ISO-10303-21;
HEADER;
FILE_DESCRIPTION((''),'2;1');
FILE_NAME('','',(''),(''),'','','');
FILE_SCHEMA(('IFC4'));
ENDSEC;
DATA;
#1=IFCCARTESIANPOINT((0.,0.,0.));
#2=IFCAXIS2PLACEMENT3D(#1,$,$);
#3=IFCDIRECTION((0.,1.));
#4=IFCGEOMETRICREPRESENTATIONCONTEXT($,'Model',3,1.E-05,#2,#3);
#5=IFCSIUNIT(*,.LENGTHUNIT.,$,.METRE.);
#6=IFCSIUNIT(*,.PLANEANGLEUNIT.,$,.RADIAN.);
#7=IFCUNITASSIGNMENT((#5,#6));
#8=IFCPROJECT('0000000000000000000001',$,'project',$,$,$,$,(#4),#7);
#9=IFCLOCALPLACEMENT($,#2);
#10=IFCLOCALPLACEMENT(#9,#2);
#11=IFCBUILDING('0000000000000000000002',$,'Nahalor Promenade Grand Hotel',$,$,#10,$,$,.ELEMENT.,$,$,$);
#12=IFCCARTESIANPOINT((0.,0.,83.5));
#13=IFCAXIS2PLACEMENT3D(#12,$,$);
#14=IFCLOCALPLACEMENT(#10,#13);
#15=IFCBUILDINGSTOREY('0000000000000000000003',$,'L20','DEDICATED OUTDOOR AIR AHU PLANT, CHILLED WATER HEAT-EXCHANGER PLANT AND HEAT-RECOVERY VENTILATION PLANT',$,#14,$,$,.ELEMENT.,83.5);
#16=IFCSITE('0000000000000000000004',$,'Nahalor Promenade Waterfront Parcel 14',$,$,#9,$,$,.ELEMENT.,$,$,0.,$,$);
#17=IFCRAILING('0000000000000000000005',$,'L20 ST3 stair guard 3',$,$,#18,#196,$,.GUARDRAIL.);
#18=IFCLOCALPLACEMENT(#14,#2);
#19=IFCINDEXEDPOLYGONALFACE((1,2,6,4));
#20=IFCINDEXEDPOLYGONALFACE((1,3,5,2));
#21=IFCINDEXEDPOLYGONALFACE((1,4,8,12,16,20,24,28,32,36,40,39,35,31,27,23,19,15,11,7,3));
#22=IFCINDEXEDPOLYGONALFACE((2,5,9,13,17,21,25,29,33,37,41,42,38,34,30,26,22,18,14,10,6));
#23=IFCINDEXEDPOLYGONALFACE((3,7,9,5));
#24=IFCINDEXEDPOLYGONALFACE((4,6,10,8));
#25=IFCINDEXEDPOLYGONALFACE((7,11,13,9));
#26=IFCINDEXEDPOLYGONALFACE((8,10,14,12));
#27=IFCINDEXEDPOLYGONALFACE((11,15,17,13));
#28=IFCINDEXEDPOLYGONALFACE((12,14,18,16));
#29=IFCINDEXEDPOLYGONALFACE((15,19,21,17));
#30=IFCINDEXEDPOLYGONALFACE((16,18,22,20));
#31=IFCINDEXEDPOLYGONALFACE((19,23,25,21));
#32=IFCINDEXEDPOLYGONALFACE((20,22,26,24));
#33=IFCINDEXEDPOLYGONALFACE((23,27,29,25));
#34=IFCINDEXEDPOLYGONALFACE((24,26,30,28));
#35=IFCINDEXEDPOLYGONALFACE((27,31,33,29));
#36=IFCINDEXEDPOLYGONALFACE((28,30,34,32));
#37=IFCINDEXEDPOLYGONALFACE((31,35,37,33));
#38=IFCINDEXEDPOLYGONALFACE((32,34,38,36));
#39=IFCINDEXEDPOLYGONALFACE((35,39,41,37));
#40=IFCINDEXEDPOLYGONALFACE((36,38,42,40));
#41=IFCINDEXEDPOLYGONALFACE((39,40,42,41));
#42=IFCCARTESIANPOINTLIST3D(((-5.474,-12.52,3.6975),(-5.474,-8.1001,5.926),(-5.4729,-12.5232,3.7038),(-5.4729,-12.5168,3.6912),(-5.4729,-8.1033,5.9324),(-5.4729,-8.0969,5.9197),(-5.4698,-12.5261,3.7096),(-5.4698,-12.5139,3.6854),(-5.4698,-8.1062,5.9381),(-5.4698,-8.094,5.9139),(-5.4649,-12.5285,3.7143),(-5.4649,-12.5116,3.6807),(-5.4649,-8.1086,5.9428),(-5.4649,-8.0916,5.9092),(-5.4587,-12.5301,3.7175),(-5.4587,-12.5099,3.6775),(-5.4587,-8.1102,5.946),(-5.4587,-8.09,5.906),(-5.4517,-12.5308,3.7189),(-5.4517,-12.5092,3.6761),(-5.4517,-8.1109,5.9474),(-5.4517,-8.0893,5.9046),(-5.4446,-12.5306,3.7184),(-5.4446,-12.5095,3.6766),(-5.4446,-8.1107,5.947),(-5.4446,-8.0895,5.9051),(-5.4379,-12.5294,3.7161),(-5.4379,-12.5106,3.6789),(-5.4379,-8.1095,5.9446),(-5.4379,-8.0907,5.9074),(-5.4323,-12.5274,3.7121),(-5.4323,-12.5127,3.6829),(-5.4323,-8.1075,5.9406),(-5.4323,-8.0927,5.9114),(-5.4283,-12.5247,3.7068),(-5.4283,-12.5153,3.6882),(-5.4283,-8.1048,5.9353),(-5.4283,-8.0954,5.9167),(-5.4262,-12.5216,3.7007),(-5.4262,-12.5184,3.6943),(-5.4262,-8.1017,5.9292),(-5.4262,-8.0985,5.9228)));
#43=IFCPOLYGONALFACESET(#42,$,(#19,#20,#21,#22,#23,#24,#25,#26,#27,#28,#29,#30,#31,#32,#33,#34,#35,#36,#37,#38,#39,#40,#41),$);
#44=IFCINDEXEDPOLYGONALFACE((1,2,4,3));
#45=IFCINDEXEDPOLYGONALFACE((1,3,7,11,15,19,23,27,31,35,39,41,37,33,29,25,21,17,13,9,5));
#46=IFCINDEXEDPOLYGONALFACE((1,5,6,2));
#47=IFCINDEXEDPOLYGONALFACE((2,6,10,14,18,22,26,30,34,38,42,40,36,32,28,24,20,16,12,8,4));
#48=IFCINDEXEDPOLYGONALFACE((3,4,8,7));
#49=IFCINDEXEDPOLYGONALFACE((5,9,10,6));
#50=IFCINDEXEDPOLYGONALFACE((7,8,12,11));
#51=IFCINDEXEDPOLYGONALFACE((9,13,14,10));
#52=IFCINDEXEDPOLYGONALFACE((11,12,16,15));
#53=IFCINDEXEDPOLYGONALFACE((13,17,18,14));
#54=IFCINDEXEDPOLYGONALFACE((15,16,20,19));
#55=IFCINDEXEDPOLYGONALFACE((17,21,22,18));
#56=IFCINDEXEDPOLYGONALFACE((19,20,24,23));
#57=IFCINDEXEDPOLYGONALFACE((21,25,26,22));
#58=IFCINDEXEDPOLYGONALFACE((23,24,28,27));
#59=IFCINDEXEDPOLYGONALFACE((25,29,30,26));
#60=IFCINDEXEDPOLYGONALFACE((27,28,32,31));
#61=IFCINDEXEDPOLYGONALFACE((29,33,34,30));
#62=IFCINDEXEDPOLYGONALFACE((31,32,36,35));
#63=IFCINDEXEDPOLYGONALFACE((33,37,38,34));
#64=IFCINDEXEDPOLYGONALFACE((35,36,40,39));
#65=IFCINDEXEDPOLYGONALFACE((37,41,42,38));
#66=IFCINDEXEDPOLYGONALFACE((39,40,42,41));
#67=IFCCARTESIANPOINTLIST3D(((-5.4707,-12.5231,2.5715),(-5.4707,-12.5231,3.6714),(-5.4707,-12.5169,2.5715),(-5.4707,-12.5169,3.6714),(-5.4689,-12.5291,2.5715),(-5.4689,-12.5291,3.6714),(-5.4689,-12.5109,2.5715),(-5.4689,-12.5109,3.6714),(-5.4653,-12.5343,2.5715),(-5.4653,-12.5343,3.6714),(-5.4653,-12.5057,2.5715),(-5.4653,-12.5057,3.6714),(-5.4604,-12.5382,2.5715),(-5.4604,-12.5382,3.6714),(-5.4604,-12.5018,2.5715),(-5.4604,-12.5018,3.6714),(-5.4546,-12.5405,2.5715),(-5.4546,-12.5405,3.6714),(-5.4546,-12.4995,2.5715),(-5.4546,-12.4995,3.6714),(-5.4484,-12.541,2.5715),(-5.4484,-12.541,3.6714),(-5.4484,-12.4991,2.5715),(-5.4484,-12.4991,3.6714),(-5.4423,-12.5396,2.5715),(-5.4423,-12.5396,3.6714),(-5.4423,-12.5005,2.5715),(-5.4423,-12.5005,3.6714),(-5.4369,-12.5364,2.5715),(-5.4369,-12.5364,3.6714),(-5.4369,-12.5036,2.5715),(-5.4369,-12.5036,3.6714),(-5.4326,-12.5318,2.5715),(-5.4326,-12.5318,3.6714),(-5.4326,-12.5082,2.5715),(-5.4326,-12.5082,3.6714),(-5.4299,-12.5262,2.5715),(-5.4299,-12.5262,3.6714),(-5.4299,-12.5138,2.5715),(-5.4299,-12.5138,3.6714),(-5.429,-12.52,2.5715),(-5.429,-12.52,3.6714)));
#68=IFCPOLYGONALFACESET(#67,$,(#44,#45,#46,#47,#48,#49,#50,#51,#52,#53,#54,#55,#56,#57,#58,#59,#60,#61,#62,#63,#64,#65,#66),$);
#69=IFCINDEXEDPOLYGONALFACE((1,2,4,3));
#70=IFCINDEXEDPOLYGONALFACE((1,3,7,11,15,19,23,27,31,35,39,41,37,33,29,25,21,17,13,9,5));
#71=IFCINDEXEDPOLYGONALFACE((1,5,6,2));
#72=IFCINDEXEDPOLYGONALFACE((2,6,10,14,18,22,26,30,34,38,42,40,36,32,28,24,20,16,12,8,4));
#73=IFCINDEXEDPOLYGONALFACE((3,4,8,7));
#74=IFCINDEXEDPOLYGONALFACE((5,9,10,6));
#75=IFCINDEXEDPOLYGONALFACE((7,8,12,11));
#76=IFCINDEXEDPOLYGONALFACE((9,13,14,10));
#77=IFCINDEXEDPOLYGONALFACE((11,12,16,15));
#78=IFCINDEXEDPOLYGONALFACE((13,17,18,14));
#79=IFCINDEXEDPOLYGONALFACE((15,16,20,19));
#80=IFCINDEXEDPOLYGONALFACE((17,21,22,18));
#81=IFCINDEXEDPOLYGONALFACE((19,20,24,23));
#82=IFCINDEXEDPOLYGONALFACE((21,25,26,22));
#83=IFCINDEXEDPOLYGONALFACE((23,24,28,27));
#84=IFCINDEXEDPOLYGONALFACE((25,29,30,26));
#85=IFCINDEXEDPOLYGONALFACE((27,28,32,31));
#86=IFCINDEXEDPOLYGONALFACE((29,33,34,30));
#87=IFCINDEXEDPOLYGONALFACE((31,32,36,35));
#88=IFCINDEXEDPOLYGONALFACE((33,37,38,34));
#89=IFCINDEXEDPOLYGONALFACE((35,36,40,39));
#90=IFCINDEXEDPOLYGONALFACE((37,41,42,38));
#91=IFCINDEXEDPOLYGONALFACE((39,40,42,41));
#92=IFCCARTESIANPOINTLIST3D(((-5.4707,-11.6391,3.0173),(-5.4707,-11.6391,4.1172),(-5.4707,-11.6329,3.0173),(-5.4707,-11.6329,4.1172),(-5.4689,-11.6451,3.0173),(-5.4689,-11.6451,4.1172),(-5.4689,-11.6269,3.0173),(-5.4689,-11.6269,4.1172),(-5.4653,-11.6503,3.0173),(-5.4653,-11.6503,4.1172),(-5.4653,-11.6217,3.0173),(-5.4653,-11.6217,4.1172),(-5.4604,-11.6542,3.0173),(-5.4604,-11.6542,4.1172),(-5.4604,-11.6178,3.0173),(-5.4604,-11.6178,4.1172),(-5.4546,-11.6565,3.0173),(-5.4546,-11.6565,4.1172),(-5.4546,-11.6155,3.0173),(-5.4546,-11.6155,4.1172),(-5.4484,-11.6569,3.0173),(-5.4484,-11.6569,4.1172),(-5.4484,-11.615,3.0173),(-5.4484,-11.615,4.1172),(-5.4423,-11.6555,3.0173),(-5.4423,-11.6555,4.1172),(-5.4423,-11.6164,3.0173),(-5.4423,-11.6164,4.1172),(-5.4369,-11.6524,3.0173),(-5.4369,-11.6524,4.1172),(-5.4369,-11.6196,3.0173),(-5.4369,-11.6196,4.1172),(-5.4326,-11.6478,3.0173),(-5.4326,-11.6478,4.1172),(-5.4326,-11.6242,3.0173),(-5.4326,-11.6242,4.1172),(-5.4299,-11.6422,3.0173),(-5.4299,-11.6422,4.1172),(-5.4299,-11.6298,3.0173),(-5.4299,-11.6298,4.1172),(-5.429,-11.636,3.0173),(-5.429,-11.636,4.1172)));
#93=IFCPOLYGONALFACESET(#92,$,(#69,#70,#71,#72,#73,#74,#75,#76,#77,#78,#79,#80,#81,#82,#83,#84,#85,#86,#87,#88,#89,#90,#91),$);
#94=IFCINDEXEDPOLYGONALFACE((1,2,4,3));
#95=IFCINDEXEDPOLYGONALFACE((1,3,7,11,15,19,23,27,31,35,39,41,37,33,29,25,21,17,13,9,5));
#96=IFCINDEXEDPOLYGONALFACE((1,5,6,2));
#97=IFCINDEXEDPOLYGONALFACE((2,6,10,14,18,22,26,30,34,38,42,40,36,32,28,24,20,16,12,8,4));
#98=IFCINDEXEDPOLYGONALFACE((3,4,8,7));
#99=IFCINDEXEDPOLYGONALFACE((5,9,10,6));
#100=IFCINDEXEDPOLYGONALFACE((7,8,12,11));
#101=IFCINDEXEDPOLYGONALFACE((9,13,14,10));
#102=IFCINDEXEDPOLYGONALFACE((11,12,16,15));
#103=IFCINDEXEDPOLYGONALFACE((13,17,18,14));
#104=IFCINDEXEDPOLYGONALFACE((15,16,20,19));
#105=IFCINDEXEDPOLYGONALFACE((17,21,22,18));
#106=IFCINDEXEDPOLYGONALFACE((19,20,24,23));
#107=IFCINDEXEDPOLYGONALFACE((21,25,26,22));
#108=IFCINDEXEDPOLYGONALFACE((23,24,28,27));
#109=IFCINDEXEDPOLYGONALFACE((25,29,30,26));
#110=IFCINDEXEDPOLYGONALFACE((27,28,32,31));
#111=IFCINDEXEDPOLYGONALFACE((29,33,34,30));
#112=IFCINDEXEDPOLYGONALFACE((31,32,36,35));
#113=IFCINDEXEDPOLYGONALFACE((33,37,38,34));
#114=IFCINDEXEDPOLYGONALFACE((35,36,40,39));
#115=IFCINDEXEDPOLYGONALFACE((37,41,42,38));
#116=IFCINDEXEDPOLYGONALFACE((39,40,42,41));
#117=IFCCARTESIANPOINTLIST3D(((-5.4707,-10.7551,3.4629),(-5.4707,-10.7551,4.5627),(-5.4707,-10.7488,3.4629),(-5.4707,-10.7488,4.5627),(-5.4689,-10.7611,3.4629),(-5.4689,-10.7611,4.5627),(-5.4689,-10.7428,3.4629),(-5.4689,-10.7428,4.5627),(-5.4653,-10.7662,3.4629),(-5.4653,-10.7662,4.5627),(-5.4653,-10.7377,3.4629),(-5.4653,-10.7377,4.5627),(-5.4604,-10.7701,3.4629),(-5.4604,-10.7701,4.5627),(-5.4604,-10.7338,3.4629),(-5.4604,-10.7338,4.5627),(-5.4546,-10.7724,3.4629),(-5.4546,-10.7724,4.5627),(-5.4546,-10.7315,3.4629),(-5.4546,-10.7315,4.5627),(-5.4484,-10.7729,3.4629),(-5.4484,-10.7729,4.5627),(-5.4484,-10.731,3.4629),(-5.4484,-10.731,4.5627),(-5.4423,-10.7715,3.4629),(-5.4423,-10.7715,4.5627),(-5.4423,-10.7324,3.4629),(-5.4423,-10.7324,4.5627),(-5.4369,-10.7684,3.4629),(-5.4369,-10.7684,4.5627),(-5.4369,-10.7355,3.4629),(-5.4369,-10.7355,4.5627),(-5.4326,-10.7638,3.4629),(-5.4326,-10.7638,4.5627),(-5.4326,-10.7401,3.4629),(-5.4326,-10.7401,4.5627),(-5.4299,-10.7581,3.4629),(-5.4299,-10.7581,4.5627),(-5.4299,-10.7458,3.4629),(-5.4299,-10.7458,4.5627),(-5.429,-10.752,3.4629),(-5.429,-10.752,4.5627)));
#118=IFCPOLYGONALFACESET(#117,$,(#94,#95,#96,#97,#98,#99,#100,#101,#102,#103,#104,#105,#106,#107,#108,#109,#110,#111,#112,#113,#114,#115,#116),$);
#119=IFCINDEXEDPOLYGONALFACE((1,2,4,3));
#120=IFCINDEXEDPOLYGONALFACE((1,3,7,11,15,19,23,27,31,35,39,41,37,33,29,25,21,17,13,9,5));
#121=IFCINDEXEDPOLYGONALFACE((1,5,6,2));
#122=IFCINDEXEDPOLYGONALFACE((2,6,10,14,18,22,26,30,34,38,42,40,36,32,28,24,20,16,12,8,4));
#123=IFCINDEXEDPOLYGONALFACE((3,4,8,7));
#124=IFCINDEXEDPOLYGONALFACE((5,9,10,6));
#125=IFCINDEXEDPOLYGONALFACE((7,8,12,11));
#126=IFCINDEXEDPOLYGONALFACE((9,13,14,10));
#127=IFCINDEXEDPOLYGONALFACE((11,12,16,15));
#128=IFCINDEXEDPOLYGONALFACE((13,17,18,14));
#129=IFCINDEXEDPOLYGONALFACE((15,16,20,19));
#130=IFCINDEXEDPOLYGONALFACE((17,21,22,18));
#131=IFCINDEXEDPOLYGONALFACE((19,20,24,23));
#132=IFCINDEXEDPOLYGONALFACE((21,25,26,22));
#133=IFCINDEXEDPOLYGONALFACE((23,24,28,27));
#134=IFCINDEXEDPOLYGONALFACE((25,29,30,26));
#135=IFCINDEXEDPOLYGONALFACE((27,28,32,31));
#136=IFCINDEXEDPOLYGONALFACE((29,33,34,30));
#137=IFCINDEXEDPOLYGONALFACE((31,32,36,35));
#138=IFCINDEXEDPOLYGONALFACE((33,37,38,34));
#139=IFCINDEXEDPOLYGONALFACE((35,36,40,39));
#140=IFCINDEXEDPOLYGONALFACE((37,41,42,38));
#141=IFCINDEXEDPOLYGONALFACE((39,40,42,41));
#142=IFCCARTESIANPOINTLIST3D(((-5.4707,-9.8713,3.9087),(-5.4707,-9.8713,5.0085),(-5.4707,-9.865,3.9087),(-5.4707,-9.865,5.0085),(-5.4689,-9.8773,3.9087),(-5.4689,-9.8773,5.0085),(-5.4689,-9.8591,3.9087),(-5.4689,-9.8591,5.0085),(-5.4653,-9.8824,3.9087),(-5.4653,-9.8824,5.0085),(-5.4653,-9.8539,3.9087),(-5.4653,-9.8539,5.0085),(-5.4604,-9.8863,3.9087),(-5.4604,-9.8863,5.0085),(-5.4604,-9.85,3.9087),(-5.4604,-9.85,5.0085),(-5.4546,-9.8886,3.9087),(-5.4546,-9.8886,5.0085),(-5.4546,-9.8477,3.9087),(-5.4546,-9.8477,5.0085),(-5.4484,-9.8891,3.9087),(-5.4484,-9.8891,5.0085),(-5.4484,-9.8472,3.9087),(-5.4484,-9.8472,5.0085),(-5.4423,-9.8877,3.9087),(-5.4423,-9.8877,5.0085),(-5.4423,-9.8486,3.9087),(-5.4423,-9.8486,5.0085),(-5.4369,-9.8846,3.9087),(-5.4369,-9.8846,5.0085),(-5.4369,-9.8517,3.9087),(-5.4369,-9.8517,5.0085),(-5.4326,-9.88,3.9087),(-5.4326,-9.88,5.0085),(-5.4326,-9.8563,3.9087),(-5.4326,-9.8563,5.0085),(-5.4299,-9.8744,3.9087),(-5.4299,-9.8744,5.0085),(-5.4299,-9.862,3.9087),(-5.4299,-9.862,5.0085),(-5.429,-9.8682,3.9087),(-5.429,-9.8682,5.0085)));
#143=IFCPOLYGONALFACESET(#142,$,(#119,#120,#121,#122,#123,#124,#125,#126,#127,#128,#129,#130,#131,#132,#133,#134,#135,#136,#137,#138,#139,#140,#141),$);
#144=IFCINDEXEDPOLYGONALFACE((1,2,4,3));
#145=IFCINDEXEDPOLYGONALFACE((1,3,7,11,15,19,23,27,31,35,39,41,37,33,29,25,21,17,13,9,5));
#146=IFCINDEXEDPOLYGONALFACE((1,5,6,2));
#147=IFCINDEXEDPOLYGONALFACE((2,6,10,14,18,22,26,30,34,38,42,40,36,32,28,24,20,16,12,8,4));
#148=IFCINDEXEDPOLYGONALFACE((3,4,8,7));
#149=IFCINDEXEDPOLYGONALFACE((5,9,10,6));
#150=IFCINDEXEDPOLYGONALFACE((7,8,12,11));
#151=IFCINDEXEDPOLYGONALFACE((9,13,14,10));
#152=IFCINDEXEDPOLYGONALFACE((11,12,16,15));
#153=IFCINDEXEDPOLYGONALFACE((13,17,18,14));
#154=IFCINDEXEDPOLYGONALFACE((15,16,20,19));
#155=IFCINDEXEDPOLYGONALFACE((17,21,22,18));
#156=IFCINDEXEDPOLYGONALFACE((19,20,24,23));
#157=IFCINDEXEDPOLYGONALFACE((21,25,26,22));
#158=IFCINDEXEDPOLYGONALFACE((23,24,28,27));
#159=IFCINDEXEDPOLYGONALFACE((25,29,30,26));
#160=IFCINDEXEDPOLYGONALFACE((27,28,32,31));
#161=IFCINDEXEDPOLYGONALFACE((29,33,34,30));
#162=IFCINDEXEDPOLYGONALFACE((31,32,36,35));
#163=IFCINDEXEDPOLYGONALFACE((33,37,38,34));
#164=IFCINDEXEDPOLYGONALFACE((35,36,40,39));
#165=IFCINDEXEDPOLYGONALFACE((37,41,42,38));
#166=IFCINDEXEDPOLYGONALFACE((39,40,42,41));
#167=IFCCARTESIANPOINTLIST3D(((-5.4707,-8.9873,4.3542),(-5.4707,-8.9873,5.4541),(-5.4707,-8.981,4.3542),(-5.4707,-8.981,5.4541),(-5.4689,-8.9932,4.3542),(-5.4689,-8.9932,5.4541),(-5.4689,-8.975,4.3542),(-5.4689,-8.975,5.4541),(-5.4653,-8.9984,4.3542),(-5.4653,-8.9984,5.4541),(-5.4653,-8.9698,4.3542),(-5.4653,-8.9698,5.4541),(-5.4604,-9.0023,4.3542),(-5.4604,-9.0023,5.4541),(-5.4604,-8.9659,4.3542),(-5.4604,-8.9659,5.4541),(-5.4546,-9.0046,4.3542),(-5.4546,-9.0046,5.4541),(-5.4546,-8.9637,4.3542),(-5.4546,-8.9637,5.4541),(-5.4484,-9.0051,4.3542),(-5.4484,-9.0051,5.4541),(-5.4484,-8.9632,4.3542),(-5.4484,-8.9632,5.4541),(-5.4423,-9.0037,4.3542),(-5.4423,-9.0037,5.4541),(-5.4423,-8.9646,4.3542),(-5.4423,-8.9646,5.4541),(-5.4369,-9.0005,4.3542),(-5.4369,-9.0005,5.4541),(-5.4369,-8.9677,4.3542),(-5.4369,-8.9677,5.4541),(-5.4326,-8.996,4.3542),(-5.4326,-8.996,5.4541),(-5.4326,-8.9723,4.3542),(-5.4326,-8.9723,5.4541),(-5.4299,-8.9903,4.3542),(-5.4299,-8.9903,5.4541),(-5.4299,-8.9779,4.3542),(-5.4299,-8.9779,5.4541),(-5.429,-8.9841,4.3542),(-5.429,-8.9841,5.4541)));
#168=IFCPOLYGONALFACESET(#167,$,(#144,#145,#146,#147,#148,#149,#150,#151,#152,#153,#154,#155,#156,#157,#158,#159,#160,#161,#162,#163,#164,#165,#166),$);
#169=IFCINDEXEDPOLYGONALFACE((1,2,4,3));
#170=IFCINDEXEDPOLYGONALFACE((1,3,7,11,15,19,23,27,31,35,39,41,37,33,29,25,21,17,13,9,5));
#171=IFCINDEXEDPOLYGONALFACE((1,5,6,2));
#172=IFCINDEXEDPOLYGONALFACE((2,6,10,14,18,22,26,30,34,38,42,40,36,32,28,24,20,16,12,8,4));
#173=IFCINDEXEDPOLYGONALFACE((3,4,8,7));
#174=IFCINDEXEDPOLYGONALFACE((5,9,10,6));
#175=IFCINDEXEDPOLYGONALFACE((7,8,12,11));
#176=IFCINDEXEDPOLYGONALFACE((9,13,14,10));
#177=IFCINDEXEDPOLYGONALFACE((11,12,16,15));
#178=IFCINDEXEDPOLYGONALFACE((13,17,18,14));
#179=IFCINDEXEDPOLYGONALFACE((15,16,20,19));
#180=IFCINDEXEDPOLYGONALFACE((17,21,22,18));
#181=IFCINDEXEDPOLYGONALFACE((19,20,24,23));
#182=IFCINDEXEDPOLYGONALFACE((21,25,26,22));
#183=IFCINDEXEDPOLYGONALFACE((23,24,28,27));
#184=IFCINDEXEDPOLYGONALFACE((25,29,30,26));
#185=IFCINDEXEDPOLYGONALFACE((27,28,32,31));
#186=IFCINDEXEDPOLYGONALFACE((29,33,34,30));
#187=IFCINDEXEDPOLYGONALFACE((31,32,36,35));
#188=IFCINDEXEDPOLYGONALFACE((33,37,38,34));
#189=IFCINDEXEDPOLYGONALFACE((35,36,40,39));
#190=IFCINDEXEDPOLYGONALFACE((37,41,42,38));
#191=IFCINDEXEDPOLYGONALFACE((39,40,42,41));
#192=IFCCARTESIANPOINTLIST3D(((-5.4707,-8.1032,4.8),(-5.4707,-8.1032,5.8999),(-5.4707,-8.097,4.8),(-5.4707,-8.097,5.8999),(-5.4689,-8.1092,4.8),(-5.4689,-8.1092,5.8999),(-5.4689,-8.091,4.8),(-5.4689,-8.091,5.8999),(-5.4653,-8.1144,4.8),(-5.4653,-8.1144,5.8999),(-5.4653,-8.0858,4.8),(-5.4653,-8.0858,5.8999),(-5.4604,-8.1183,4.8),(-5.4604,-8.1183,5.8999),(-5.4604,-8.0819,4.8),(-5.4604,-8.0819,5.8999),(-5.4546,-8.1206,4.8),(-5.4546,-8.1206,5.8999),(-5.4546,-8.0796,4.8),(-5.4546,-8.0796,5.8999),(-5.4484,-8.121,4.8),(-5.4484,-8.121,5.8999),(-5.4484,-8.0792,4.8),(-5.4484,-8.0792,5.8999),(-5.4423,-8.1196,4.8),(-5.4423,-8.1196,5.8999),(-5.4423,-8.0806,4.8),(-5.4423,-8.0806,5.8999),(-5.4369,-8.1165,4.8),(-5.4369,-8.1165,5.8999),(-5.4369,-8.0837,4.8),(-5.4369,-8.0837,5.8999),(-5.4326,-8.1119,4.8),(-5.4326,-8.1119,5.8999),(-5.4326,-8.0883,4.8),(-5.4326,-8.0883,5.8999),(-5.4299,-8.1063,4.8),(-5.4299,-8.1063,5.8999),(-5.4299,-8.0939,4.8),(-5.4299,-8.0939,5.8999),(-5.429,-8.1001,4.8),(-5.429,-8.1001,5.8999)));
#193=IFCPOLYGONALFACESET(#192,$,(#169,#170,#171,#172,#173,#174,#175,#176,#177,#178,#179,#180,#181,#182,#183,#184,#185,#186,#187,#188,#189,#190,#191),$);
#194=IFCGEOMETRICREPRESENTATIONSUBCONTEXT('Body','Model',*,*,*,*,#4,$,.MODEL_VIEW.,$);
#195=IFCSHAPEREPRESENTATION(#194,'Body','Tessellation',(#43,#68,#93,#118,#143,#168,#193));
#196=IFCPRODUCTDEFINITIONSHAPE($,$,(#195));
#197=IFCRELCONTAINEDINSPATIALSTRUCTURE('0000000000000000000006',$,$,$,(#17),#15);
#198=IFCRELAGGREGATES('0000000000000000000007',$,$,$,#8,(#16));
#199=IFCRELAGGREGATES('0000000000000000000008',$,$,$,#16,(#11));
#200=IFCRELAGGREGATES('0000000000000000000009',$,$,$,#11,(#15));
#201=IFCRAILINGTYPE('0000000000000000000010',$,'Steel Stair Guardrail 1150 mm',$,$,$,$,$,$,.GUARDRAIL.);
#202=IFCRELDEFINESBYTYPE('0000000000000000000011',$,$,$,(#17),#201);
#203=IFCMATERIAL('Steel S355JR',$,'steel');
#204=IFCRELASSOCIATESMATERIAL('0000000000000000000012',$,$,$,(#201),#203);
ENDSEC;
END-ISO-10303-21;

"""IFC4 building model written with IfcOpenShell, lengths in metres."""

from ifc_helpers import new_model, si_unit, direction, frame, origin, origin_2d, place, context, subcontext, project, spatial, circle, extrude, material, type_object, element, save


model = new_model("IFC4")

# Units and contexts
model_context = context("Model", 3, precision=1e-05, world=origin(), true_north=direction((0.0, 1.0)))
body_context = subcontext(model_context, "Body", "Model", "MODEL_VIEW")
ifc_project = project(units=[si_unit("LENGTHUNIT", "METRE"), si_unit("PLANEANGLEUNIT", "RADIAN")], contexts=[model_context])

# Site, building, storey
site_placement = place(None, origin())
site = spatial("IfcSite", under=ifc_project, at=site_placement, Name="Nahalor Promenade Waterfront Parcel 14", CompositionType="ELEMENT", RefElevation=0.0)
building_placement = place(site_placement, origin())
building = spatial("IfcBuilding", under=site, at=building_placement, Name="Nahalor Promenade Grand Hotel", CompositionType="ELEMENT")
storey_placement = place(building_placement, frame((0.0, 0.0, 83.5)))
storey = spatial("IfcBuildingStorey", under=building, at=storey_placement, Name="L20", Description="DEDICATED OUTDOOR AIR AHU PLANT, CHILLED WATER HEAT-EXCHANGER PLANT AND HEAT-RECOVERY VENTILATION PLANT", CompositionType="ELEMENT", Elevation=83.5)

# Shared definitions
ifc_material_1 = material(Name="Steel S355JR", Category="steel")

# Railing
railing_type_1 = type_object("IfcRailingType", Name="Steel Stair Guardrail 1150 mm", PredefinedType="GUARDRAIL", material=ifc_material_1)
railing_1_placement = place(storey_placement, frame((-5.45, -12.52, 2.5715)))
element("IfcRailing", 1, at=railing_1_placement, inside=storey, type_object=railing_type_1, Name="L20 ST3 stair guard 3", PredefinedType="GUARDRAIL", context=body_context, shape_type="SweptSolid", body=[
    extrude(circle(Radius=0.024, at=origin_2d()), frame((0.0, 0.0, 1.126), z_axis=(0.0, 0.892923, 0.45021), x_axis=(-1.0, 0.0, 0.0)), (0.0, 0.0, 1.0), 4.95),
    extrude(circle(Radius=0.021, at=origin_2d()), origin(), (0.0, 0.0, 1.0), 1.0999),
    extrude(circle(Radius=0.021, at=origin_2d()), frame((0.0, 0.884, 0.4458)), (0.0, 0.0, 1.0), 1.0999),
    extrude(circle(Radius=0.021, at=origin_2d()), frame((0.0, 1.7681, 0.8914)), (0.0, 0.0, 1.0), 1.0999),
    extrude(circle(Radius=0.021, at=origin_2d()), frame((0.0, 2.6519, 1.3372)), (0.0, 0.0, 1.0), 1.0999),
    extrude(circle(Radius=0.021, at=origin_2d()), frame((0.0, 3.5359, 1.7827)), (0.0, 0.0, 1.0), 1.0999),
    extrude(circle(Radius=0.021, at=origin_2d()), frame((0.0, 4.4199, 2.2285)), (0.0, 0.0, 1.0), 1.0999),
])

save(model, "model.ifc")
